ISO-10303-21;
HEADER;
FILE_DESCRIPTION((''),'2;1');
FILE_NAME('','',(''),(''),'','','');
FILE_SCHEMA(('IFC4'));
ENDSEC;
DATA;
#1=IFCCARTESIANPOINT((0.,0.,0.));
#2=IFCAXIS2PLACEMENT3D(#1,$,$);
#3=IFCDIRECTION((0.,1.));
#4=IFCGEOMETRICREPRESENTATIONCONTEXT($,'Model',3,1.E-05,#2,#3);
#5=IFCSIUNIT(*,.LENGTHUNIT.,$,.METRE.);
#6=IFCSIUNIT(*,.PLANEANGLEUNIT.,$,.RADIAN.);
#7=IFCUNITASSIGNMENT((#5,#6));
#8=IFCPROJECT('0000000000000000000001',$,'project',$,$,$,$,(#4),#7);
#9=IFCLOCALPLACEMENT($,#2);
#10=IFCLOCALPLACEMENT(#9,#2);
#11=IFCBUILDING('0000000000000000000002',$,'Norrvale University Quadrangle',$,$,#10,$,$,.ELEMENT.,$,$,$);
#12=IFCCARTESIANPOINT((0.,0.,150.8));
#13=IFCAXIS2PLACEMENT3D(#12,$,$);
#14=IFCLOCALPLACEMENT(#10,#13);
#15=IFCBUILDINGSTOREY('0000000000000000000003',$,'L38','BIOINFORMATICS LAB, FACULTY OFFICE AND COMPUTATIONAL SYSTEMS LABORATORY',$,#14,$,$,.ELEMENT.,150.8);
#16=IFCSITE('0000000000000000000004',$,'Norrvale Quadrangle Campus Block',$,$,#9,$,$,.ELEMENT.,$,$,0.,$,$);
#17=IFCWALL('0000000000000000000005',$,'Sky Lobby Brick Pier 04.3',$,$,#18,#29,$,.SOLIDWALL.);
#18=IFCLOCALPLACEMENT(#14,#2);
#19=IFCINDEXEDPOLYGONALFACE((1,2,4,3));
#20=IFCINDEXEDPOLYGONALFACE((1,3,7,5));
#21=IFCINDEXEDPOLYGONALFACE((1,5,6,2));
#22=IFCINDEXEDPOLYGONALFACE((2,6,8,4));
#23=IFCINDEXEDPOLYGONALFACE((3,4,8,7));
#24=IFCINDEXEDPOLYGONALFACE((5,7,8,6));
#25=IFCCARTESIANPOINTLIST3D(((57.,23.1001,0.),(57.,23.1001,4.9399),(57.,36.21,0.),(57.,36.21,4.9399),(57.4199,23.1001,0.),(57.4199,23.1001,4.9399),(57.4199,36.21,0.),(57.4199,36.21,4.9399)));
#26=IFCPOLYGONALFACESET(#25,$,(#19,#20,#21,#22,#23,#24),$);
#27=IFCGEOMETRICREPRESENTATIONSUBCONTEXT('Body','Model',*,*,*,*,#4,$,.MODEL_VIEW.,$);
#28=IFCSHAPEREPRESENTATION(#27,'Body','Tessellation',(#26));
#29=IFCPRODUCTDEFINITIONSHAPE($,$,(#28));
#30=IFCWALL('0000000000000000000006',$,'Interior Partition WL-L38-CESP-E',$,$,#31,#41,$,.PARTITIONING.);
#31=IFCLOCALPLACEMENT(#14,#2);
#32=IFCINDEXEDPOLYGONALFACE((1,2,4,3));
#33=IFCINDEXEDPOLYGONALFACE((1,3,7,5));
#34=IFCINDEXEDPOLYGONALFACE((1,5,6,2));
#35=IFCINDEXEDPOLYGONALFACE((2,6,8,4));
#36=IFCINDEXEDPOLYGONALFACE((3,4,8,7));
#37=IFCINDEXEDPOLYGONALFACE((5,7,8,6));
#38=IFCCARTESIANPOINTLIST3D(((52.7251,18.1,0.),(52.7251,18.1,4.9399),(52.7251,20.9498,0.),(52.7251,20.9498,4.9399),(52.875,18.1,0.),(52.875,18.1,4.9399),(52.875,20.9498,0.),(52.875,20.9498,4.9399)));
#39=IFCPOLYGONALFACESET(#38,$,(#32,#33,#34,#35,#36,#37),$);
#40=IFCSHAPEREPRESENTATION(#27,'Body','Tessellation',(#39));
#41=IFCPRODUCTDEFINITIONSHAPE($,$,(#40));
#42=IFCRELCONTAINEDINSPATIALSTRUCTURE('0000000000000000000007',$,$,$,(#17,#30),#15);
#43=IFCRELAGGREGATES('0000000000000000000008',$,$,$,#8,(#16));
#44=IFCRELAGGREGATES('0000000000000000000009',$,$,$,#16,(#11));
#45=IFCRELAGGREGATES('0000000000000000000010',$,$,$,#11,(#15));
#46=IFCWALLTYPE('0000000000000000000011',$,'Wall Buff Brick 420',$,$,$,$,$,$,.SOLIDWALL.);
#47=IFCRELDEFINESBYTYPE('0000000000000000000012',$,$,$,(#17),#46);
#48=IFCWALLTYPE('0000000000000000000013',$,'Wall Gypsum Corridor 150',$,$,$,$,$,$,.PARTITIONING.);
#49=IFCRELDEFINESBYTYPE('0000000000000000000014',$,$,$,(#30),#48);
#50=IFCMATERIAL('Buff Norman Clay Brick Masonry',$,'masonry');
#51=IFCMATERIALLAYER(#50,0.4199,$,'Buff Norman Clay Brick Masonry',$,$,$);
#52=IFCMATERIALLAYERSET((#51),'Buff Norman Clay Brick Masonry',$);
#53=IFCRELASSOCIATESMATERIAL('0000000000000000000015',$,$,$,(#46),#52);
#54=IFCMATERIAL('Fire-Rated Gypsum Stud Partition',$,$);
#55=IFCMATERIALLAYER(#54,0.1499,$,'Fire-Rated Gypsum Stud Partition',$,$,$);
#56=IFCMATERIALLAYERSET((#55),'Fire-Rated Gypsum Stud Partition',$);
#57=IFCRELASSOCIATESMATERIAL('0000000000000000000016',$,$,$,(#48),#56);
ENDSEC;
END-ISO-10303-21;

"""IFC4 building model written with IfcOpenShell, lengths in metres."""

from ifc_helpers import new_model, si_unit, direction, frame, frame_2d, origin, place, context, subcontext, project, spatial, rectangle, extrude, material, layer, layer_set, type_object, element, save


model = new_model("IFC4")

# Units and contexts
model_context = context("Model", 3, precision=1e-05, world=origin(), true_north=direction((0.0, 1.0)))
body_context = subcontext(model_context, "Body", "Model", "MODEL_VIEW")
ifc_project = project(units=[si_unit("LENGTHUNIT", "METRE"), si_unit("PLANEANGLEUNIT", "RADIAN")], contexts=[model_context])

# Site, building, storey
site_placement = place(None, origin())
site = spatial("IfcSite", under=ifc_project, at=site_placement, Name="Norrvale Quadrangle Campus Block", CompositionType="ELEMENT", RefElevation=0.0)
building_placement = place(site_placement, origin())
building = spatial("IfcBuilding", under=site, at=building_placement, Name="Norrvale University Quadrangle", CompositionType="ELEMENT")
storey_placement = place(building_placement, frame((0.0, 0.0, 150.8)))
storey = spatial("IfcBuildingStorey", under=building, at=storey_placement, Name="L38", Description="BIOINFORMATICS LAB, FACULTY OFFICE AND COMPUTATIONAL SYSTEMS LABORATORY", CompositionType="ELEMENT", Elevation=150.8)

# Walls
ifc_material_1 = material(Name="Buff Norman Clay Brick Masonry", Category="masonry")
ifc_layer_1 = layer(ifc_material_1, 0.4199, Name="Buff Norman Clay Brick Masonry")
ifc_layer_set_1 = layer_set([ifc_layer_1], Name="Buff Norman Clay Brick Masonry")
wall_type_1 = type_object("IfcWallType", Name="Wall Buff Brick 420", PredefinedType="SOLIDWALL", material=ifc_layer_set_1)
wall_1_placement = place(storey_placement, frame((57.21, 23.1001, 0.0), z_axis=(0.0, 0.0, 1.0), x_axis=(0.0, 1.0, 0.0)))
element("IfcWall", 1, at=wall_1_placement, inside=storey, type_object=wall_type_1, Name="Sky Lobby Brick Pier 04.3", PredefinedType="SOLIDWALL", context=body_context, shape_type="SweptSolid", body=[
    extrude(rectangle(XDim=13.1099, YDim=0.4199, at=frame_2d((6.5549, 0.0))), origin(), (0.0, 0.0, 1.0), 4.9399),
])
ifc_material_2 = material(Name="Fire-Rated Gypsum Stud Partition")
ifc_layer_2 = layer(ifc_material_2, 0.1499, Name="Fire-Rated Gypsum Stud Partition")
ifc_layer_set_2 = layer_set([ifc_layer_2], Name="Fire-Rated Gypsum Stud Partition")
wall_type_2 = type_object("IfcWallType", Name="Wall Gypsum Corridor 150", PredefinedType="PARTITIONING", material=ifc_layer_set_2)
wall_2_placement = place(storey_placement, frame((52.8, 18.1001, 0.0), z_axis=(0.0, 0.0, 1.0), x_axis=(0.0, 1.0, 0.0)))
element("IfcWall", 2, at=wall_2_placement, inside=storey, type_object=wall_type_2, Name="Interior Partition WL-L38-CESP-E", PredefinedType="PARTITIONING", context=body_context, shape_type="SweptSolid", body=[
    extrude(rectangle(XDim=2.8499, YDim=0.1499, at=frame_2d((1.4248, 0.0))), origin(), (0.0, 0.0, 1.0), 4.9399),
])

save(model, "model.ifc")
